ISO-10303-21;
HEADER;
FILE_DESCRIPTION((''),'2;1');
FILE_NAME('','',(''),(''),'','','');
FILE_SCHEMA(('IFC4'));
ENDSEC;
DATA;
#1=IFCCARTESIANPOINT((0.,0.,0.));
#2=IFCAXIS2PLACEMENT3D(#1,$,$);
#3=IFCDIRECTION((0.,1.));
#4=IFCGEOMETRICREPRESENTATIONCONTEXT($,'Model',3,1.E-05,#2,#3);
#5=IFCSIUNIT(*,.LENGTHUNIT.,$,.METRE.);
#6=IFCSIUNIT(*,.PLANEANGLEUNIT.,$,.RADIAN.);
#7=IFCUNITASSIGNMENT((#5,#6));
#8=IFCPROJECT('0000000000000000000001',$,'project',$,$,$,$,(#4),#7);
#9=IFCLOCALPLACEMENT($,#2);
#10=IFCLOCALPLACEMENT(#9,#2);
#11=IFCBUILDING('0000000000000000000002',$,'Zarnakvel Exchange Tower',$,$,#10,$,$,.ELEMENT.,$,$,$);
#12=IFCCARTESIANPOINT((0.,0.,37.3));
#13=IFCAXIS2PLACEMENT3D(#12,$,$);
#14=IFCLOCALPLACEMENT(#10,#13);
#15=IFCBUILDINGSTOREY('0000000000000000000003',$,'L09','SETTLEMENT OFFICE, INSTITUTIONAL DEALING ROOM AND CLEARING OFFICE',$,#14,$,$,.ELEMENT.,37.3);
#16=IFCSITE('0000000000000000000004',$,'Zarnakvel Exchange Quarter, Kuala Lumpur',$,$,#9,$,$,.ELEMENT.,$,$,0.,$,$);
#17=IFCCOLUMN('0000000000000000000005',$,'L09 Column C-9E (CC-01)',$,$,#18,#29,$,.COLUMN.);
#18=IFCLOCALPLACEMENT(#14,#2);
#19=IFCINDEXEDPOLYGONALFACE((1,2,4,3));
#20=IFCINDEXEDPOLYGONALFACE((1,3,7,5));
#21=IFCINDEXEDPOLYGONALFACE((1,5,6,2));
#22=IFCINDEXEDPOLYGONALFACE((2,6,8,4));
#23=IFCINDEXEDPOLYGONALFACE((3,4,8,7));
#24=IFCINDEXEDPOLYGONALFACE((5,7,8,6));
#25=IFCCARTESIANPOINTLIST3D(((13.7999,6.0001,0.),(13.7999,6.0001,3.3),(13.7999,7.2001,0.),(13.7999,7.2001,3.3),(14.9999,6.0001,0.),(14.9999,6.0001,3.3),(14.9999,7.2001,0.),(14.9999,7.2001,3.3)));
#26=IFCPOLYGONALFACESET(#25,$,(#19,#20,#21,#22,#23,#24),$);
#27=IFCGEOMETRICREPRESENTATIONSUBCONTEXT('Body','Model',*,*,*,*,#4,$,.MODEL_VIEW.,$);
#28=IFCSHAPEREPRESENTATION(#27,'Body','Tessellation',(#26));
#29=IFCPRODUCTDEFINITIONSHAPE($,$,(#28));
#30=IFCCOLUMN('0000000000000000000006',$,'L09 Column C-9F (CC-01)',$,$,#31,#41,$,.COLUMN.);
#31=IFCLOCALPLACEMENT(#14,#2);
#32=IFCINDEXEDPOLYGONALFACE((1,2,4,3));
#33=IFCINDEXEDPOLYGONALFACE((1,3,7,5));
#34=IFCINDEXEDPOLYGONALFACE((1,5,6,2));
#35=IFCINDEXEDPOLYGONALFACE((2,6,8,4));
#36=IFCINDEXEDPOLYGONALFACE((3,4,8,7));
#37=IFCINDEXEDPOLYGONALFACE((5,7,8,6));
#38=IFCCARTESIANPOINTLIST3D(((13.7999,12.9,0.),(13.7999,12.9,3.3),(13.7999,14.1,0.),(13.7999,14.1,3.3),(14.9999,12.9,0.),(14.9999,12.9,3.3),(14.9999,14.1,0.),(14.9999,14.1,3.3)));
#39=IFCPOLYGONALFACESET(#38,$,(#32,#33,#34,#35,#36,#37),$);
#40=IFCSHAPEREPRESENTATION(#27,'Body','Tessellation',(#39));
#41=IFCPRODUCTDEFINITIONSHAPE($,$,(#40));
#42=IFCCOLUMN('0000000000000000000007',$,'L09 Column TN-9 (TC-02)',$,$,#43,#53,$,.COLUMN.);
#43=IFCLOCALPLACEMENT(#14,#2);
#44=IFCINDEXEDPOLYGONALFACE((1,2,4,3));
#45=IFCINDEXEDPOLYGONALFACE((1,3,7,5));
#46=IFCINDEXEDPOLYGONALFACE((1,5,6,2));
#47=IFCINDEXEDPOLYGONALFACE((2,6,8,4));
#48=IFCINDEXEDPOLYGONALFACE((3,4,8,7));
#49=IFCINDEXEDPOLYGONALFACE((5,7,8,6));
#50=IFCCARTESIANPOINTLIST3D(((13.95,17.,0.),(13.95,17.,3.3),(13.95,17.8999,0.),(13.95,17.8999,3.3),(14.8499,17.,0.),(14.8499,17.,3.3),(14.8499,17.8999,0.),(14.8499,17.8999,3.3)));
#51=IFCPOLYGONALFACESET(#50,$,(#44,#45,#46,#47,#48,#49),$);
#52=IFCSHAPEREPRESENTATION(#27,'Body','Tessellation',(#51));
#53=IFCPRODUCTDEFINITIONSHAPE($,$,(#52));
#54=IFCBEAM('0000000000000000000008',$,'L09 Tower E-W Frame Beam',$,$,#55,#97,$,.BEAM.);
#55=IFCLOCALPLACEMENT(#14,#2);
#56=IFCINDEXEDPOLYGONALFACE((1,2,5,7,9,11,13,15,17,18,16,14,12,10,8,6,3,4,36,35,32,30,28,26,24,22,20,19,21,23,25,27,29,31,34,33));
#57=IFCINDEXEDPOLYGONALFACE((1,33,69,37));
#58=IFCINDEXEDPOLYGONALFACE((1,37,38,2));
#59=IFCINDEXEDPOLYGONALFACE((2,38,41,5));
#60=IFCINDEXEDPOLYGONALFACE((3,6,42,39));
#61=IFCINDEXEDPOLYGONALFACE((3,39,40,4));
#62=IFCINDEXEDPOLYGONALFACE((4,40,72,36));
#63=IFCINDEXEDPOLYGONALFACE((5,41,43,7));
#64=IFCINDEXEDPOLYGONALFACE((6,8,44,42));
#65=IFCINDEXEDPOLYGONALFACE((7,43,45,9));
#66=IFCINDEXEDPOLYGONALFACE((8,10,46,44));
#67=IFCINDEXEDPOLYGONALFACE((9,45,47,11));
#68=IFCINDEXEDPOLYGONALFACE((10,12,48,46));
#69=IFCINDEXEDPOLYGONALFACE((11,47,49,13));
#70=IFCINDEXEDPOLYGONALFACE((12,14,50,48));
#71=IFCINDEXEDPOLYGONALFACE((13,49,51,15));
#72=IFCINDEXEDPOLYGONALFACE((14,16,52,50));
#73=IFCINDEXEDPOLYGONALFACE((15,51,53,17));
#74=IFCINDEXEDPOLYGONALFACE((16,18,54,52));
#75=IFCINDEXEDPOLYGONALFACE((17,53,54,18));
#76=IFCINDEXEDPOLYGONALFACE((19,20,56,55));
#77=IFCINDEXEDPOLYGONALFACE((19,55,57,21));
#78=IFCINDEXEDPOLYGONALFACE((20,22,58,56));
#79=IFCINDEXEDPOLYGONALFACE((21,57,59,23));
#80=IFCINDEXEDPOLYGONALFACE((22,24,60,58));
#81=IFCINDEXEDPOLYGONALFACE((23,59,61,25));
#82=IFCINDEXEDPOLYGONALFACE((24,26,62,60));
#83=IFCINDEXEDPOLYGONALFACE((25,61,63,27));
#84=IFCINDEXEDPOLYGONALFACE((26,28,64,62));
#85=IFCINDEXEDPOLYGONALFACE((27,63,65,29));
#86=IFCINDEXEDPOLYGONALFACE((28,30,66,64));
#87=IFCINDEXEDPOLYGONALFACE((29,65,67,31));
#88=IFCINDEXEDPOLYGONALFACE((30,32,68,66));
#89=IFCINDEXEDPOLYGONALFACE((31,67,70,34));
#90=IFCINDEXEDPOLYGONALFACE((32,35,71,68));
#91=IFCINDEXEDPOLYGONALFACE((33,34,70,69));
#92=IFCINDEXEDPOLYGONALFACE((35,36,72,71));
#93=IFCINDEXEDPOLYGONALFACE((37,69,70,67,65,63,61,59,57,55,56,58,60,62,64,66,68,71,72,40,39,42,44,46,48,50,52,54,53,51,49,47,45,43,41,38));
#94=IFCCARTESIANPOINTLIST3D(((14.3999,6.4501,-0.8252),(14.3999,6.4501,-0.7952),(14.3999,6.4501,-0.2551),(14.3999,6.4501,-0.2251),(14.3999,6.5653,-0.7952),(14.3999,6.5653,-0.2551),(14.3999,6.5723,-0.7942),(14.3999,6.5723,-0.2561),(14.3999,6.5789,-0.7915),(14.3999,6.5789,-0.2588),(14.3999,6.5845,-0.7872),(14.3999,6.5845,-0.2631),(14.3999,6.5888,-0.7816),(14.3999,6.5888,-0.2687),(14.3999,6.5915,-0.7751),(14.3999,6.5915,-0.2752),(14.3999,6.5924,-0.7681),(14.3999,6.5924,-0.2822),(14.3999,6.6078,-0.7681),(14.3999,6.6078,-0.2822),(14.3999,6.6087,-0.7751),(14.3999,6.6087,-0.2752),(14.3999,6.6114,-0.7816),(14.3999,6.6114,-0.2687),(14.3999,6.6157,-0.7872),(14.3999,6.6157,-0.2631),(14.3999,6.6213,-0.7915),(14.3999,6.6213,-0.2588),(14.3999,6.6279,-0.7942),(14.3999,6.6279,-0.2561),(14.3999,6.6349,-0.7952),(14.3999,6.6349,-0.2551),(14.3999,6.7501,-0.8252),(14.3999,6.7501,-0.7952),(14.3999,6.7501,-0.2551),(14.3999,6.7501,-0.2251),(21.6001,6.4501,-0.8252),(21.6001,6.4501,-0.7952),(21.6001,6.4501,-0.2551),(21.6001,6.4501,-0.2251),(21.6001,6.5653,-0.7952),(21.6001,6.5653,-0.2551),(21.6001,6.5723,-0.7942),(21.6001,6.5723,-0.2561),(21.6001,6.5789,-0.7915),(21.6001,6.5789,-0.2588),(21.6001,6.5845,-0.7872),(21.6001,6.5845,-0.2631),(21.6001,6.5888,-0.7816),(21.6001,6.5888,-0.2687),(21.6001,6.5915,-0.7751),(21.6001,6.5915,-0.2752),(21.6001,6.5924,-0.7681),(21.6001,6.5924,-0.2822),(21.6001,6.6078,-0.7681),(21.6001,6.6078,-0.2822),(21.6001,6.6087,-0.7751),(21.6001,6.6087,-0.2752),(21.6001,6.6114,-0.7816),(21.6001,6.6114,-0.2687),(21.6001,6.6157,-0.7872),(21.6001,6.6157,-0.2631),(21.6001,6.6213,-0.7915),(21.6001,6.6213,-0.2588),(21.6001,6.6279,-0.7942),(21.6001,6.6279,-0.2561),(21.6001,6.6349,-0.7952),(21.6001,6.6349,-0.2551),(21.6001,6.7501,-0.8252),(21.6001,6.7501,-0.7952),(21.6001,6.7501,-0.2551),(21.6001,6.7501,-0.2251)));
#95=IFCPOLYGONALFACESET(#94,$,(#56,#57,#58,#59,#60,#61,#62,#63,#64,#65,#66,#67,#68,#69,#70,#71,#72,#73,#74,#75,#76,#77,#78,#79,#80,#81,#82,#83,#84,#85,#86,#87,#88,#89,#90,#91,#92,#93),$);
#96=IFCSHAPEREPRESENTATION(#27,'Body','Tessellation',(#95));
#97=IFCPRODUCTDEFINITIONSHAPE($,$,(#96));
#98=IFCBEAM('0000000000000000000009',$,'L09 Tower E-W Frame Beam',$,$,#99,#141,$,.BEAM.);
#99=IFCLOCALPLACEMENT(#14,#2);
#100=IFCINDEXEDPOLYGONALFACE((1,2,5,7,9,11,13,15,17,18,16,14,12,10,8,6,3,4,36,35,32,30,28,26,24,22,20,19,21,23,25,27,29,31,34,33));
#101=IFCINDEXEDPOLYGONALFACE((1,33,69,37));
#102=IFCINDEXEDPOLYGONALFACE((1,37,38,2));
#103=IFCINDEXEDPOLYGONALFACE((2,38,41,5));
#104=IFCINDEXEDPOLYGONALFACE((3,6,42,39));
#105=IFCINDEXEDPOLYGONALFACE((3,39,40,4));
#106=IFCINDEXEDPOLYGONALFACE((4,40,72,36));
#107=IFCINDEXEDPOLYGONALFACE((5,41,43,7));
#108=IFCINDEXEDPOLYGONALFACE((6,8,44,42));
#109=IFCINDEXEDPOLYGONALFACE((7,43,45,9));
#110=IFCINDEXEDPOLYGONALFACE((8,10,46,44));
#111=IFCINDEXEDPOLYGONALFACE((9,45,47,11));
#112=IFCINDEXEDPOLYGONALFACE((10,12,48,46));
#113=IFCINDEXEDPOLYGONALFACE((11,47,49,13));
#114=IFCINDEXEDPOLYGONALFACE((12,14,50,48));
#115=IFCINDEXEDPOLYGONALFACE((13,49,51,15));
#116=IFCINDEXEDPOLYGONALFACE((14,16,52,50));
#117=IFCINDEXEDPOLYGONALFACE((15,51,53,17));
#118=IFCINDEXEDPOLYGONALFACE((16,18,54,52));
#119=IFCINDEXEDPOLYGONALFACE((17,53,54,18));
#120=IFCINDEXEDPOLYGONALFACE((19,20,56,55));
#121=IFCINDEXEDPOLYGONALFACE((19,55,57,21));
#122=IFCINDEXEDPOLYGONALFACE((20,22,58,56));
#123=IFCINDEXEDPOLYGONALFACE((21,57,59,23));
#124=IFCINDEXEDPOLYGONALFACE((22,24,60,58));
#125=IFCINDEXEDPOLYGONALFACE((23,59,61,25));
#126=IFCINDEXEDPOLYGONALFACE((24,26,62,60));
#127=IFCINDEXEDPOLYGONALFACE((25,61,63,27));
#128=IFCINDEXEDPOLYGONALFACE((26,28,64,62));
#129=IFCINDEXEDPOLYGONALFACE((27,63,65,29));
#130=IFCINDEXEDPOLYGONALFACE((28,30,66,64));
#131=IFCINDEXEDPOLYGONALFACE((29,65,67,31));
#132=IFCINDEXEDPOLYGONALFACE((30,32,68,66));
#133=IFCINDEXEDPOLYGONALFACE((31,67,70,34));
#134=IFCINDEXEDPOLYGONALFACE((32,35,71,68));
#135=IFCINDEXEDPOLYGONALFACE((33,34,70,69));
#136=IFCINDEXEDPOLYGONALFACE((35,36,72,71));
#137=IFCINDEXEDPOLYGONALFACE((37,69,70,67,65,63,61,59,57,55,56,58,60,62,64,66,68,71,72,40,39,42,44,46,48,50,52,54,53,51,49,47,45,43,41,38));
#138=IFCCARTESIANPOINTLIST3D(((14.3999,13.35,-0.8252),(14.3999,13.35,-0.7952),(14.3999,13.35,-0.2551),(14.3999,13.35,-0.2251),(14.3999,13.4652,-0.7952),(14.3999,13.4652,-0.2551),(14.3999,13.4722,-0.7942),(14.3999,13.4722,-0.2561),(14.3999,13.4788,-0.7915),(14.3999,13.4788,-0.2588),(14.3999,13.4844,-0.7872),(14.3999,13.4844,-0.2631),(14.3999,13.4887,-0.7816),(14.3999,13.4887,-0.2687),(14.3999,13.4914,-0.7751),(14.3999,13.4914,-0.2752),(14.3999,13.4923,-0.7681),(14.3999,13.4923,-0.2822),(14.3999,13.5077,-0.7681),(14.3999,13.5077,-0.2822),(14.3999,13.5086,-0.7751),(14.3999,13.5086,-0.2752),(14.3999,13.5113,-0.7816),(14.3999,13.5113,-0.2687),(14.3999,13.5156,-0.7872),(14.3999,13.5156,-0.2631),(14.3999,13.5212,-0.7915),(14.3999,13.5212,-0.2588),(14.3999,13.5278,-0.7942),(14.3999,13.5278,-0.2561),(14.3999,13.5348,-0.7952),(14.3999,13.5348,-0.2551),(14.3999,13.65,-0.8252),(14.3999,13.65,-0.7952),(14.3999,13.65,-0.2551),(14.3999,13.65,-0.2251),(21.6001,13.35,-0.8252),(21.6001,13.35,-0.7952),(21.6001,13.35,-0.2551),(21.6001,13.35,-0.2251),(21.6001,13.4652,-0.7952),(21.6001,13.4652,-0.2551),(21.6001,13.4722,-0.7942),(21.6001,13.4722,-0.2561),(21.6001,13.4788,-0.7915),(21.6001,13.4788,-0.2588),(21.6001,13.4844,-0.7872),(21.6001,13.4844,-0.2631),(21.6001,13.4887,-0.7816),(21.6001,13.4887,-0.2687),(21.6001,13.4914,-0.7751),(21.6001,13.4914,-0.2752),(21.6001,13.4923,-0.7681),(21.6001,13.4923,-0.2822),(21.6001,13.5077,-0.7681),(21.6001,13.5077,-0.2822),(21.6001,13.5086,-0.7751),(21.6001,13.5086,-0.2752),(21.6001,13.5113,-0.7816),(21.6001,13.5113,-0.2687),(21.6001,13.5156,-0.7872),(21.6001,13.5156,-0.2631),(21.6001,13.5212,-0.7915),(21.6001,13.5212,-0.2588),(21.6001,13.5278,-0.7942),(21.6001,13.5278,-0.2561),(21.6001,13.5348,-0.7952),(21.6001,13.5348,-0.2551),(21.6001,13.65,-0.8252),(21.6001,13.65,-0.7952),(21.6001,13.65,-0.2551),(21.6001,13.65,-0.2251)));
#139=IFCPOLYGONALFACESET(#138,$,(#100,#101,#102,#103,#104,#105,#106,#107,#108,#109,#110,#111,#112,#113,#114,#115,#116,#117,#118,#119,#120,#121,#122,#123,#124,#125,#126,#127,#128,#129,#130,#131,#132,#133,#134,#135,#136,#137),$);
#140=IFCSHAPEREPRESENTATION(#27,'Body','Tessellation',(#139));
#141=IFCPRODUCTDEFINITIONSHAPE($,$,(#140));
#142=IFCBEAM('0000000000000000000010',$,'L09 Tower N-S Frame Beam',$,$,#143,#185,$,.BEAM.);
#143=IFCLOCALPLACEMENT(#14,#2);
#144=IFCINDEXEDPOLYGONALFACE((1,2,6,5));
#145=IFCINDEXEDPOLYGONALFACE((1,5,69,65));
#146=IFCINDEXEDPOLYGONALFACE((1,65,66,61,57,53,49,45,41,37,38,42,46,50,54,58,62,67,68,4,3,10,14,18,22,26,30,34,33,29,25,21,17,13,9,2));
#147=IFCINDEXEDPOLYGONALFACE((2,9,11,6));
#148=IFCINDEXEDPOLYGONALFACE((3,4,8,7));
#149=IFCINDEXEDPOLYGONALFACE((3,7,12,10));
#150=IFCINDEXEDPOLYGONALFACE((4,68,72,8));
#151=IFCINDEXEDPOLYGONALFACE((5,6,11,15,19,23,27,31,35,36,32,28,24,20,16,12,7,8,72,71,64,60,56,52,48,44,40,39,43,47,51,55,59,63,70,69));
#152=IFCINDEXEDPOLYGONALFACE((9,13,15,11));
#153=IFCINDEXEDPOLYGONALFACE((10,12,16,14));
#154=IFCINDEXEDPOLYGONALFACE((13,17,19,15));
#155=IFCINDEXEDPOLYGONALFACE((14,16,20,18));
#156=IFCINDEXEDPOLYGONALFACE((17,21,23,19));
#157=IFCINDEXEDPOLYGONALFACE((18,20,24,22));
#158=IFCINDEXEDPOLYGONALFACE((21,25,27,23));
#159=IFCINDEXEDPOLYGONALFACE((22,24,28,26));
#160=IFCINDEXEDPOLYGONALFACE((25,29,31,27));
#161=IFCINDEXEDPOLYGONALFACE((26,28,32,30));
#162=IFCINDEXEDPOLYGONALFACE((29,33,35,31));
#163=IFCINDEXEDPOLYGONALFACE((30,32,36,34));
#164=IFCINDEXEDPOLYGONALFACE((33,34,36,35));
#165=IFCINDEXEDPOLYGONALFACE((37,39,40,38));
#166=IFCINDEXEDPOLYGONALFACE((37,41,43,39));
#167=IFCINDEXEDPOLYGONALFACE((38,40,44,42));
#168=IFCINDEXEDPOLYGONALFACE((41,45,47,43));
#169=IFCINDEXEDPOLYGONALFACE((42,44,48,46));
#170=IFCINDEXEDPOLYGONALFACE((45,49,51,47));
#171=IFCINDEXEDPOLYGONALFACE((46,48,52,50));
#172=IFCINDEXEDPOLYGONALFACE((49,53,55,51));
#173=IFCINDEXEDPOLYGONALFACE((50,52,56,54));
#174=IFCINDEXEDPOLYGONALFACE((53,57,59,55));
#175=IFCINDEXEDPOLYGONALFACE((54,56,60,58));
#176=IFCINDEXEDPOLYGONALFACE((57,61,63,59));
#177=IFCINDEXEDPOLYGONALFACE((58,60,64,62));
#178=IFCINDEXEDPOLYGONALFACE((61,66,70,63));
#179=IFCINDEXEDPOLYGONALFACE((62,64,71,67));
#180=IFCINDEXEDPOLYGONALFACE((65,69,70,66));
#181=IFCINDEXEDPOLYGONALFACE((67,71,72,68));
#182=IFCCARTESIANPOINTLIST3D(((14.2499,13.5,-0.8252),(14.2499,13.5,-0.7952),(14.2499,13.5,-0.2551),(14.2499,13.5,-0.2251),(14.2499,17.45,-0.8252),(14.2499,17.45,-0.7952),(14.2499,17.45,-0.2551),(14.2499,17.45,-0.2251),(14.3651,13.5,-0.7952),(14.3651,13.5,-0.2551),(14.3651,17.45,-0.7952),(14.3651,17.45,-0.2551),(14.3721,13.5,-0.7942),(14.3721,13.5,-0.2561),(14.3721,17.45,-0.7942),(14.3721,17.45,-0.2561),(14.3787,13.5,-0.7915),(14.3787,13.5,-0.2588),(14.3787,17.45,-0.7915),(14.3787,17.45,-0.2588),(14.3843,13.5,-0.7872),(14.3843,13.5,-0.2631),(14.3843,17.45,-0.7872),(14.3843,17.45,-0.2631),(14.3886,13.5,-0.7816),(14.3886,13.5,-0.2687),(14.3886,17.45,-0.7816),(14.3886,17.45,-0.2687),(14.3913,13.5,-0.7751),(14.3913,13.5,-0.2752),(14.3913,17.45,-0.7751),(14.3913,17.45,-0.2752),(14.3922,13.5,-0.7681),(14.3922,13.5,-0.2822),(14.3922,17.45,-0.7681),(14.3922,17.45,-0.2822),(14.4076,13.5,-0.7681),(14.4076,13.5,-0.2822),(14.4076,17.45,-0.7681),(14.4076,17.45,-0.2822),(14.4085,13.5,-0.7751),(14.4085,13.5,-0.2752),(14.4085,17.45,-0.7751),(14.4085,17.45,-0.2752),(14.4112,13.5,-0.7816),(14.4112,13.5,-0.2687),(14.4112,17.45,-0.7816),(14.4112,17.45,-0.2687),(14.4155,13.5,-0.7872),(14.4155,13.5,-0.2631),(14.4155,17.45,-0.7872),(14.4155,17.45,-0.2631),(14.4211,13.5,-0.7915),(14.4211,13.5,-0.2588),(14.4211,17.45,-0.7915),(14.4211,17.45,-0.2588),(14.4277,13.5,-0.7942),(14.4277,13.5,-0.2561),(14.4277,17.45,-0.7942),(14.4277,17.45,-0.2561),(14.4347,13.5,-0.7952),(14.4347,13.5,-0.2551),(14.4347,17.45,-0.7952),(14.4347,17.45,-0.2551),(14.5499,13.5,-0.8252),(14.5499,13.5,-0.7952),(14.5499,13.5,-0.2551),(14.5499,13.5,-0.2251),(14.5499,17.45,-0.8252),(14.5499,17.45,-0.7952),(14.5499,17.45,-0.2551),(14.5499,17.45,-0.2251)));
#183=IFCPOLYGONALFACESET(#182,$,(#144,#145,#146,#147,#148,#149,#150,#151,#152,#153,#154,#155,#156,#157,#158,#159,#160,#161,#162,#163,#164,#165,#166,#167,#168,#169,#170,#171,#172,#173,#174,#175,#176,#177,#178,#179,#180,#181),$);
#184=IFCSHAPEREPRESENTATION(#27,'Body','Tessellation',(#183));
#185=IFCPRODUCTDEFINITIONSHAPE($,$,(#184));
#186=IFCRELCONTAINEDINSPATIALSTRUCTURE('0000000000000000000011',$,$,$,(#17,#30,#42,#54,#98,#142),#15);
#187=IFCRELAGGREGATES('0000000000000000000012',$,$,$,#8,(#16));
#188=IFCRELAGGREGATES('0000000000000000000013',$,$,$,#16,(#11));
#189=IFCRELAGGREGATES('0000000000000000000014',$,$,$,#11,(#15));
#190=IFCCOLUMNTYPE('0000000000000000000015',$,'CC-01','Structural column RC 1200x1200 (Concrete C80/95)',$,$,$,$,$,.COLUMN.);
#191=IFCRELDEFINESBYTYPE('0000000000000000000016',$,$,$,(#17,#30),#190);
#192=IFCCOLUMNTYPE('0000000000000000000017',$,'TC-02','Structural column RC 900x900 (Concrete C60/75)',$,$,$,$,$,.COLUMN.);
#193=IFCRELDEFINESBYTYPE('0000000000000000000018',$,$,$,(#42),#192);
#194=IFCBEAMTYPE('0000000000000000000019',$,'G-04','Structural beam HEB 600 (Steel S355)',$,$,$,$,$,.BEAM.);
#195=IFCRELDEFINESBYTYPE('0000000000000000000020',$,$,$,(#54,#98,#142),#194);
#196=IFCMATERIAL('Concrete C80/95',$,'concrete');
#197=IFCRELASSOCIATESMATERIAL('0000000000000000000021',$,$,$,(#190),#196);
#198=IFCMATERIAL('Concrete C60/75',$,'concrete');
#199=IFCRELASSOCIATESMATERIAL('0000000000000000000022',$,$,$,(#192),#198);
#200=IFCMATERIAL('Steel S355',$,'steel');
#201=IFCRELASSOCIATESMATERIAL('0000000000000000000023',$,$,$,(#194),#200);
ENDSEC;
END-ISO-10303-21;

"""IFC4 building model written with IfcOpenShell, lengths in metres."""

from ifc_helpers import new_model, si_unit, direction, frame, origin, origin_2d, place, context, subcontext, project, spatial, rectangle, i_section, extrude, material, material_profile, profile_set, type_object, element, save


model = new_model("IFC4")

# Units and contexts
model_context = context("Model", 3, precision=1e-05, world=origin(), true_north=direction((0.0, 1.0)))
body_context = subcontext(model_context, "Body", "Model", "MODEL_VIEW")
ifc_project = project(units=[si_unit("LENGTHUNIT", "METRE"), si_unit("PLANEANGLEUNIT", "RADIAN")], contexts=[model_context])

# Site, building, storey
site_placement = place(None, origin())
site = spatial("IfcSite", under=ifc_project, at=site_placement, Name="Zarnakvel Exchange Quarter, Kuala Lumpur", CompositionType="ELEMENT", RefElevation=0.0)
building_placement = place(site_placement, origin())
building = spatial("IfcBuilding", under=site, at=building_placement, Name="Zarnakvel Exchange Tower", CompositionType="ELEMENT")
storey_placement = place(building_placement, frame((0.0, 0.0, 37.3)))
storey = spatial("IfcBuildingStorey", under=building, at=storey_placement, Name="L09", Description="SETTLEMENT OFFICE, INSTITUTIONAL DEALING ROOM AND CLEARING OFFICE", CompositionType="ELEMENT", Elevation=37.3)

# Columns
ifc_material_1 = material(Name="Concrete C80/95", Category="concrete")
ifc_material_profile_1 = material_profile(ifc_material_1, rectangle(XDim=1.2, YDim=1.2, at=origin_2d()))
ifc_profile_set_1 = profile_set([ifc_material_profile_1], Name="Concrete C80/95")
column_type_1 = type_object("IfcColumnType", Name="CC-01", Description="Structural column RC 1200x1200 (Concrete C80/95)", PredefinedType="COLUMN", material=ifc_profile_set_1)
for number, where, z_axis, x_axis, name in (
    (1, (14.3999, 6.6001, 0.0), (0.0, 0.0, 1.0), (1.0, 0.0, 0.0), "L09 Column C-9E (CC-01)"),
    (2, (14.3999, 13.5, 0.0), (0.0, 0.0, 1.0), (1.0, 0.0, 0.0), "L09 Column C-9F (CC-01)"),
):
    element("IfcColumn", number, at=place(storey_placement, frame(where, z_axis=z_axis, x_axis=x_axis)), inside=storey, type_object=column_type_1, Name=name, PredefinedType="COLUMN", context=body_context, shape_type="SweptSolid", body=[
        extrude(rectangle(XDim=1.2, YDim=1.2, at=origin_2d()), origin(), (0.0, 0.0, 1.0), 3.3),
    ])
ifc_material_2 = material(Name="Concrete C60/75", Category="concrete")
ifc_material_profile_2 = material_profile(ifc_material_2, rectangle(XDim=0.8999, YDim=0.8999, at=origin_2d()))
ifc_profile_set_2 = profile_set([ifc_material_profile_2], Name="Concrete C60/75")
column_type_2 = type_object("IfcColumnType", Name="TC-02", Description="Structural column RC 900x900 (Concrete C60/75)", PredefinedType="COLUMN", material=ifc_profile_set_2)
column_placement = place(storey_placement, frame((14.3999, 17.45, 0.0), z_axis=(0.0, 0.0, 1.0), x_axis=(1.0, 0.0, 0.0)))
element("IfcColumn", 3, at=column_placement, inside=storey, type_object=column_type_2, Name="L09 Column TN-9 (TC-02)", PredefinedType="COLUMN", context=body_context, shape_type="SweptSolid", body=[
    extrude(rectangle(XDim=0.8999, YDim=0.8999, at=origin_2d()), origin(), (0.0, 0.0, 1.0), 3.3),
])

# Beams
ifc_material_3 = material(Name="Steel S355", Category="steel")
ifc_material_profile_3 = material_profile(ifc_material_3, i_section(OverallWidth=0.3, OverallDepth=0.6001, WebThickness=0.0154, FlangeThickness=0.03, FilletRadius=0.0271, at=origin_2d()))
ifc_profile_set_3 = profile_set([ifc_material_profile_3], Name="Steel S355")
beam_type_1 = type_object("IfcBeamType", Name="G-04", Description="Structural beam HEB 600 (Steel S355)", PredefinedType="BEAM", material=ifc_profile_set_3)
for number, where, z_axis, x_axis, name in (
    (4, (14.3999, 6.6001, -0.5251), (1.0, 0.0, 0.0), (0.0, 1.0, 0.0), "L09 Tower E-W Frame Beam"),
    (5, (14.3999, 13.5, -0.5251), (1.0, 0.0, 0.0), (0.0, 1.0, 0.0), "L09 Tower E-W Frame Beam"),
):
    element("IfcBeam", number, at=place(storey_placement, frame(where, z_axis=z_axis, x_axis=x_axis)), inside=storey, type_object=beam_type_1, Name=name, PredefinedType="BEAM", context=body_context, shape_type="SweptSolid", body=[
        extrude(i_section(OverallWidth=0.3, OverallDepth=0.6001, WebThickness=0.0154, FlangeThickness=0.03, FilletRadius=0.0271, at=origin_2d()), origin(), (0.0, 0.0, 1.0), 7.2002),
    ])
beam_1_placement = place(storey_placement, frame((14.3999, 13.5, -0.5251), z_axis=(0.0, 1.0, 0.0), x_axis=(-1.0, 0.0, 0.0)))
element("IfcBeam", 6, at=beam_1_placement, inside=storey, type_object=beam_type_1, Name="L09 Tower N-S Frame Beam", PredefinedType="BEAM", context=body_context, shape_type="SweptSolid", body=[
    extrude(i_section(OverallWidth=0.3, OverallDepth=0.6001, WebThickness=0.0154, FlangeThickness=0.03, FilletRadius=0.0271, at=origin_2d()), origin(), (0.0, 0.0, 1.0), 3.95),
])

save(model, "model.ifc")
